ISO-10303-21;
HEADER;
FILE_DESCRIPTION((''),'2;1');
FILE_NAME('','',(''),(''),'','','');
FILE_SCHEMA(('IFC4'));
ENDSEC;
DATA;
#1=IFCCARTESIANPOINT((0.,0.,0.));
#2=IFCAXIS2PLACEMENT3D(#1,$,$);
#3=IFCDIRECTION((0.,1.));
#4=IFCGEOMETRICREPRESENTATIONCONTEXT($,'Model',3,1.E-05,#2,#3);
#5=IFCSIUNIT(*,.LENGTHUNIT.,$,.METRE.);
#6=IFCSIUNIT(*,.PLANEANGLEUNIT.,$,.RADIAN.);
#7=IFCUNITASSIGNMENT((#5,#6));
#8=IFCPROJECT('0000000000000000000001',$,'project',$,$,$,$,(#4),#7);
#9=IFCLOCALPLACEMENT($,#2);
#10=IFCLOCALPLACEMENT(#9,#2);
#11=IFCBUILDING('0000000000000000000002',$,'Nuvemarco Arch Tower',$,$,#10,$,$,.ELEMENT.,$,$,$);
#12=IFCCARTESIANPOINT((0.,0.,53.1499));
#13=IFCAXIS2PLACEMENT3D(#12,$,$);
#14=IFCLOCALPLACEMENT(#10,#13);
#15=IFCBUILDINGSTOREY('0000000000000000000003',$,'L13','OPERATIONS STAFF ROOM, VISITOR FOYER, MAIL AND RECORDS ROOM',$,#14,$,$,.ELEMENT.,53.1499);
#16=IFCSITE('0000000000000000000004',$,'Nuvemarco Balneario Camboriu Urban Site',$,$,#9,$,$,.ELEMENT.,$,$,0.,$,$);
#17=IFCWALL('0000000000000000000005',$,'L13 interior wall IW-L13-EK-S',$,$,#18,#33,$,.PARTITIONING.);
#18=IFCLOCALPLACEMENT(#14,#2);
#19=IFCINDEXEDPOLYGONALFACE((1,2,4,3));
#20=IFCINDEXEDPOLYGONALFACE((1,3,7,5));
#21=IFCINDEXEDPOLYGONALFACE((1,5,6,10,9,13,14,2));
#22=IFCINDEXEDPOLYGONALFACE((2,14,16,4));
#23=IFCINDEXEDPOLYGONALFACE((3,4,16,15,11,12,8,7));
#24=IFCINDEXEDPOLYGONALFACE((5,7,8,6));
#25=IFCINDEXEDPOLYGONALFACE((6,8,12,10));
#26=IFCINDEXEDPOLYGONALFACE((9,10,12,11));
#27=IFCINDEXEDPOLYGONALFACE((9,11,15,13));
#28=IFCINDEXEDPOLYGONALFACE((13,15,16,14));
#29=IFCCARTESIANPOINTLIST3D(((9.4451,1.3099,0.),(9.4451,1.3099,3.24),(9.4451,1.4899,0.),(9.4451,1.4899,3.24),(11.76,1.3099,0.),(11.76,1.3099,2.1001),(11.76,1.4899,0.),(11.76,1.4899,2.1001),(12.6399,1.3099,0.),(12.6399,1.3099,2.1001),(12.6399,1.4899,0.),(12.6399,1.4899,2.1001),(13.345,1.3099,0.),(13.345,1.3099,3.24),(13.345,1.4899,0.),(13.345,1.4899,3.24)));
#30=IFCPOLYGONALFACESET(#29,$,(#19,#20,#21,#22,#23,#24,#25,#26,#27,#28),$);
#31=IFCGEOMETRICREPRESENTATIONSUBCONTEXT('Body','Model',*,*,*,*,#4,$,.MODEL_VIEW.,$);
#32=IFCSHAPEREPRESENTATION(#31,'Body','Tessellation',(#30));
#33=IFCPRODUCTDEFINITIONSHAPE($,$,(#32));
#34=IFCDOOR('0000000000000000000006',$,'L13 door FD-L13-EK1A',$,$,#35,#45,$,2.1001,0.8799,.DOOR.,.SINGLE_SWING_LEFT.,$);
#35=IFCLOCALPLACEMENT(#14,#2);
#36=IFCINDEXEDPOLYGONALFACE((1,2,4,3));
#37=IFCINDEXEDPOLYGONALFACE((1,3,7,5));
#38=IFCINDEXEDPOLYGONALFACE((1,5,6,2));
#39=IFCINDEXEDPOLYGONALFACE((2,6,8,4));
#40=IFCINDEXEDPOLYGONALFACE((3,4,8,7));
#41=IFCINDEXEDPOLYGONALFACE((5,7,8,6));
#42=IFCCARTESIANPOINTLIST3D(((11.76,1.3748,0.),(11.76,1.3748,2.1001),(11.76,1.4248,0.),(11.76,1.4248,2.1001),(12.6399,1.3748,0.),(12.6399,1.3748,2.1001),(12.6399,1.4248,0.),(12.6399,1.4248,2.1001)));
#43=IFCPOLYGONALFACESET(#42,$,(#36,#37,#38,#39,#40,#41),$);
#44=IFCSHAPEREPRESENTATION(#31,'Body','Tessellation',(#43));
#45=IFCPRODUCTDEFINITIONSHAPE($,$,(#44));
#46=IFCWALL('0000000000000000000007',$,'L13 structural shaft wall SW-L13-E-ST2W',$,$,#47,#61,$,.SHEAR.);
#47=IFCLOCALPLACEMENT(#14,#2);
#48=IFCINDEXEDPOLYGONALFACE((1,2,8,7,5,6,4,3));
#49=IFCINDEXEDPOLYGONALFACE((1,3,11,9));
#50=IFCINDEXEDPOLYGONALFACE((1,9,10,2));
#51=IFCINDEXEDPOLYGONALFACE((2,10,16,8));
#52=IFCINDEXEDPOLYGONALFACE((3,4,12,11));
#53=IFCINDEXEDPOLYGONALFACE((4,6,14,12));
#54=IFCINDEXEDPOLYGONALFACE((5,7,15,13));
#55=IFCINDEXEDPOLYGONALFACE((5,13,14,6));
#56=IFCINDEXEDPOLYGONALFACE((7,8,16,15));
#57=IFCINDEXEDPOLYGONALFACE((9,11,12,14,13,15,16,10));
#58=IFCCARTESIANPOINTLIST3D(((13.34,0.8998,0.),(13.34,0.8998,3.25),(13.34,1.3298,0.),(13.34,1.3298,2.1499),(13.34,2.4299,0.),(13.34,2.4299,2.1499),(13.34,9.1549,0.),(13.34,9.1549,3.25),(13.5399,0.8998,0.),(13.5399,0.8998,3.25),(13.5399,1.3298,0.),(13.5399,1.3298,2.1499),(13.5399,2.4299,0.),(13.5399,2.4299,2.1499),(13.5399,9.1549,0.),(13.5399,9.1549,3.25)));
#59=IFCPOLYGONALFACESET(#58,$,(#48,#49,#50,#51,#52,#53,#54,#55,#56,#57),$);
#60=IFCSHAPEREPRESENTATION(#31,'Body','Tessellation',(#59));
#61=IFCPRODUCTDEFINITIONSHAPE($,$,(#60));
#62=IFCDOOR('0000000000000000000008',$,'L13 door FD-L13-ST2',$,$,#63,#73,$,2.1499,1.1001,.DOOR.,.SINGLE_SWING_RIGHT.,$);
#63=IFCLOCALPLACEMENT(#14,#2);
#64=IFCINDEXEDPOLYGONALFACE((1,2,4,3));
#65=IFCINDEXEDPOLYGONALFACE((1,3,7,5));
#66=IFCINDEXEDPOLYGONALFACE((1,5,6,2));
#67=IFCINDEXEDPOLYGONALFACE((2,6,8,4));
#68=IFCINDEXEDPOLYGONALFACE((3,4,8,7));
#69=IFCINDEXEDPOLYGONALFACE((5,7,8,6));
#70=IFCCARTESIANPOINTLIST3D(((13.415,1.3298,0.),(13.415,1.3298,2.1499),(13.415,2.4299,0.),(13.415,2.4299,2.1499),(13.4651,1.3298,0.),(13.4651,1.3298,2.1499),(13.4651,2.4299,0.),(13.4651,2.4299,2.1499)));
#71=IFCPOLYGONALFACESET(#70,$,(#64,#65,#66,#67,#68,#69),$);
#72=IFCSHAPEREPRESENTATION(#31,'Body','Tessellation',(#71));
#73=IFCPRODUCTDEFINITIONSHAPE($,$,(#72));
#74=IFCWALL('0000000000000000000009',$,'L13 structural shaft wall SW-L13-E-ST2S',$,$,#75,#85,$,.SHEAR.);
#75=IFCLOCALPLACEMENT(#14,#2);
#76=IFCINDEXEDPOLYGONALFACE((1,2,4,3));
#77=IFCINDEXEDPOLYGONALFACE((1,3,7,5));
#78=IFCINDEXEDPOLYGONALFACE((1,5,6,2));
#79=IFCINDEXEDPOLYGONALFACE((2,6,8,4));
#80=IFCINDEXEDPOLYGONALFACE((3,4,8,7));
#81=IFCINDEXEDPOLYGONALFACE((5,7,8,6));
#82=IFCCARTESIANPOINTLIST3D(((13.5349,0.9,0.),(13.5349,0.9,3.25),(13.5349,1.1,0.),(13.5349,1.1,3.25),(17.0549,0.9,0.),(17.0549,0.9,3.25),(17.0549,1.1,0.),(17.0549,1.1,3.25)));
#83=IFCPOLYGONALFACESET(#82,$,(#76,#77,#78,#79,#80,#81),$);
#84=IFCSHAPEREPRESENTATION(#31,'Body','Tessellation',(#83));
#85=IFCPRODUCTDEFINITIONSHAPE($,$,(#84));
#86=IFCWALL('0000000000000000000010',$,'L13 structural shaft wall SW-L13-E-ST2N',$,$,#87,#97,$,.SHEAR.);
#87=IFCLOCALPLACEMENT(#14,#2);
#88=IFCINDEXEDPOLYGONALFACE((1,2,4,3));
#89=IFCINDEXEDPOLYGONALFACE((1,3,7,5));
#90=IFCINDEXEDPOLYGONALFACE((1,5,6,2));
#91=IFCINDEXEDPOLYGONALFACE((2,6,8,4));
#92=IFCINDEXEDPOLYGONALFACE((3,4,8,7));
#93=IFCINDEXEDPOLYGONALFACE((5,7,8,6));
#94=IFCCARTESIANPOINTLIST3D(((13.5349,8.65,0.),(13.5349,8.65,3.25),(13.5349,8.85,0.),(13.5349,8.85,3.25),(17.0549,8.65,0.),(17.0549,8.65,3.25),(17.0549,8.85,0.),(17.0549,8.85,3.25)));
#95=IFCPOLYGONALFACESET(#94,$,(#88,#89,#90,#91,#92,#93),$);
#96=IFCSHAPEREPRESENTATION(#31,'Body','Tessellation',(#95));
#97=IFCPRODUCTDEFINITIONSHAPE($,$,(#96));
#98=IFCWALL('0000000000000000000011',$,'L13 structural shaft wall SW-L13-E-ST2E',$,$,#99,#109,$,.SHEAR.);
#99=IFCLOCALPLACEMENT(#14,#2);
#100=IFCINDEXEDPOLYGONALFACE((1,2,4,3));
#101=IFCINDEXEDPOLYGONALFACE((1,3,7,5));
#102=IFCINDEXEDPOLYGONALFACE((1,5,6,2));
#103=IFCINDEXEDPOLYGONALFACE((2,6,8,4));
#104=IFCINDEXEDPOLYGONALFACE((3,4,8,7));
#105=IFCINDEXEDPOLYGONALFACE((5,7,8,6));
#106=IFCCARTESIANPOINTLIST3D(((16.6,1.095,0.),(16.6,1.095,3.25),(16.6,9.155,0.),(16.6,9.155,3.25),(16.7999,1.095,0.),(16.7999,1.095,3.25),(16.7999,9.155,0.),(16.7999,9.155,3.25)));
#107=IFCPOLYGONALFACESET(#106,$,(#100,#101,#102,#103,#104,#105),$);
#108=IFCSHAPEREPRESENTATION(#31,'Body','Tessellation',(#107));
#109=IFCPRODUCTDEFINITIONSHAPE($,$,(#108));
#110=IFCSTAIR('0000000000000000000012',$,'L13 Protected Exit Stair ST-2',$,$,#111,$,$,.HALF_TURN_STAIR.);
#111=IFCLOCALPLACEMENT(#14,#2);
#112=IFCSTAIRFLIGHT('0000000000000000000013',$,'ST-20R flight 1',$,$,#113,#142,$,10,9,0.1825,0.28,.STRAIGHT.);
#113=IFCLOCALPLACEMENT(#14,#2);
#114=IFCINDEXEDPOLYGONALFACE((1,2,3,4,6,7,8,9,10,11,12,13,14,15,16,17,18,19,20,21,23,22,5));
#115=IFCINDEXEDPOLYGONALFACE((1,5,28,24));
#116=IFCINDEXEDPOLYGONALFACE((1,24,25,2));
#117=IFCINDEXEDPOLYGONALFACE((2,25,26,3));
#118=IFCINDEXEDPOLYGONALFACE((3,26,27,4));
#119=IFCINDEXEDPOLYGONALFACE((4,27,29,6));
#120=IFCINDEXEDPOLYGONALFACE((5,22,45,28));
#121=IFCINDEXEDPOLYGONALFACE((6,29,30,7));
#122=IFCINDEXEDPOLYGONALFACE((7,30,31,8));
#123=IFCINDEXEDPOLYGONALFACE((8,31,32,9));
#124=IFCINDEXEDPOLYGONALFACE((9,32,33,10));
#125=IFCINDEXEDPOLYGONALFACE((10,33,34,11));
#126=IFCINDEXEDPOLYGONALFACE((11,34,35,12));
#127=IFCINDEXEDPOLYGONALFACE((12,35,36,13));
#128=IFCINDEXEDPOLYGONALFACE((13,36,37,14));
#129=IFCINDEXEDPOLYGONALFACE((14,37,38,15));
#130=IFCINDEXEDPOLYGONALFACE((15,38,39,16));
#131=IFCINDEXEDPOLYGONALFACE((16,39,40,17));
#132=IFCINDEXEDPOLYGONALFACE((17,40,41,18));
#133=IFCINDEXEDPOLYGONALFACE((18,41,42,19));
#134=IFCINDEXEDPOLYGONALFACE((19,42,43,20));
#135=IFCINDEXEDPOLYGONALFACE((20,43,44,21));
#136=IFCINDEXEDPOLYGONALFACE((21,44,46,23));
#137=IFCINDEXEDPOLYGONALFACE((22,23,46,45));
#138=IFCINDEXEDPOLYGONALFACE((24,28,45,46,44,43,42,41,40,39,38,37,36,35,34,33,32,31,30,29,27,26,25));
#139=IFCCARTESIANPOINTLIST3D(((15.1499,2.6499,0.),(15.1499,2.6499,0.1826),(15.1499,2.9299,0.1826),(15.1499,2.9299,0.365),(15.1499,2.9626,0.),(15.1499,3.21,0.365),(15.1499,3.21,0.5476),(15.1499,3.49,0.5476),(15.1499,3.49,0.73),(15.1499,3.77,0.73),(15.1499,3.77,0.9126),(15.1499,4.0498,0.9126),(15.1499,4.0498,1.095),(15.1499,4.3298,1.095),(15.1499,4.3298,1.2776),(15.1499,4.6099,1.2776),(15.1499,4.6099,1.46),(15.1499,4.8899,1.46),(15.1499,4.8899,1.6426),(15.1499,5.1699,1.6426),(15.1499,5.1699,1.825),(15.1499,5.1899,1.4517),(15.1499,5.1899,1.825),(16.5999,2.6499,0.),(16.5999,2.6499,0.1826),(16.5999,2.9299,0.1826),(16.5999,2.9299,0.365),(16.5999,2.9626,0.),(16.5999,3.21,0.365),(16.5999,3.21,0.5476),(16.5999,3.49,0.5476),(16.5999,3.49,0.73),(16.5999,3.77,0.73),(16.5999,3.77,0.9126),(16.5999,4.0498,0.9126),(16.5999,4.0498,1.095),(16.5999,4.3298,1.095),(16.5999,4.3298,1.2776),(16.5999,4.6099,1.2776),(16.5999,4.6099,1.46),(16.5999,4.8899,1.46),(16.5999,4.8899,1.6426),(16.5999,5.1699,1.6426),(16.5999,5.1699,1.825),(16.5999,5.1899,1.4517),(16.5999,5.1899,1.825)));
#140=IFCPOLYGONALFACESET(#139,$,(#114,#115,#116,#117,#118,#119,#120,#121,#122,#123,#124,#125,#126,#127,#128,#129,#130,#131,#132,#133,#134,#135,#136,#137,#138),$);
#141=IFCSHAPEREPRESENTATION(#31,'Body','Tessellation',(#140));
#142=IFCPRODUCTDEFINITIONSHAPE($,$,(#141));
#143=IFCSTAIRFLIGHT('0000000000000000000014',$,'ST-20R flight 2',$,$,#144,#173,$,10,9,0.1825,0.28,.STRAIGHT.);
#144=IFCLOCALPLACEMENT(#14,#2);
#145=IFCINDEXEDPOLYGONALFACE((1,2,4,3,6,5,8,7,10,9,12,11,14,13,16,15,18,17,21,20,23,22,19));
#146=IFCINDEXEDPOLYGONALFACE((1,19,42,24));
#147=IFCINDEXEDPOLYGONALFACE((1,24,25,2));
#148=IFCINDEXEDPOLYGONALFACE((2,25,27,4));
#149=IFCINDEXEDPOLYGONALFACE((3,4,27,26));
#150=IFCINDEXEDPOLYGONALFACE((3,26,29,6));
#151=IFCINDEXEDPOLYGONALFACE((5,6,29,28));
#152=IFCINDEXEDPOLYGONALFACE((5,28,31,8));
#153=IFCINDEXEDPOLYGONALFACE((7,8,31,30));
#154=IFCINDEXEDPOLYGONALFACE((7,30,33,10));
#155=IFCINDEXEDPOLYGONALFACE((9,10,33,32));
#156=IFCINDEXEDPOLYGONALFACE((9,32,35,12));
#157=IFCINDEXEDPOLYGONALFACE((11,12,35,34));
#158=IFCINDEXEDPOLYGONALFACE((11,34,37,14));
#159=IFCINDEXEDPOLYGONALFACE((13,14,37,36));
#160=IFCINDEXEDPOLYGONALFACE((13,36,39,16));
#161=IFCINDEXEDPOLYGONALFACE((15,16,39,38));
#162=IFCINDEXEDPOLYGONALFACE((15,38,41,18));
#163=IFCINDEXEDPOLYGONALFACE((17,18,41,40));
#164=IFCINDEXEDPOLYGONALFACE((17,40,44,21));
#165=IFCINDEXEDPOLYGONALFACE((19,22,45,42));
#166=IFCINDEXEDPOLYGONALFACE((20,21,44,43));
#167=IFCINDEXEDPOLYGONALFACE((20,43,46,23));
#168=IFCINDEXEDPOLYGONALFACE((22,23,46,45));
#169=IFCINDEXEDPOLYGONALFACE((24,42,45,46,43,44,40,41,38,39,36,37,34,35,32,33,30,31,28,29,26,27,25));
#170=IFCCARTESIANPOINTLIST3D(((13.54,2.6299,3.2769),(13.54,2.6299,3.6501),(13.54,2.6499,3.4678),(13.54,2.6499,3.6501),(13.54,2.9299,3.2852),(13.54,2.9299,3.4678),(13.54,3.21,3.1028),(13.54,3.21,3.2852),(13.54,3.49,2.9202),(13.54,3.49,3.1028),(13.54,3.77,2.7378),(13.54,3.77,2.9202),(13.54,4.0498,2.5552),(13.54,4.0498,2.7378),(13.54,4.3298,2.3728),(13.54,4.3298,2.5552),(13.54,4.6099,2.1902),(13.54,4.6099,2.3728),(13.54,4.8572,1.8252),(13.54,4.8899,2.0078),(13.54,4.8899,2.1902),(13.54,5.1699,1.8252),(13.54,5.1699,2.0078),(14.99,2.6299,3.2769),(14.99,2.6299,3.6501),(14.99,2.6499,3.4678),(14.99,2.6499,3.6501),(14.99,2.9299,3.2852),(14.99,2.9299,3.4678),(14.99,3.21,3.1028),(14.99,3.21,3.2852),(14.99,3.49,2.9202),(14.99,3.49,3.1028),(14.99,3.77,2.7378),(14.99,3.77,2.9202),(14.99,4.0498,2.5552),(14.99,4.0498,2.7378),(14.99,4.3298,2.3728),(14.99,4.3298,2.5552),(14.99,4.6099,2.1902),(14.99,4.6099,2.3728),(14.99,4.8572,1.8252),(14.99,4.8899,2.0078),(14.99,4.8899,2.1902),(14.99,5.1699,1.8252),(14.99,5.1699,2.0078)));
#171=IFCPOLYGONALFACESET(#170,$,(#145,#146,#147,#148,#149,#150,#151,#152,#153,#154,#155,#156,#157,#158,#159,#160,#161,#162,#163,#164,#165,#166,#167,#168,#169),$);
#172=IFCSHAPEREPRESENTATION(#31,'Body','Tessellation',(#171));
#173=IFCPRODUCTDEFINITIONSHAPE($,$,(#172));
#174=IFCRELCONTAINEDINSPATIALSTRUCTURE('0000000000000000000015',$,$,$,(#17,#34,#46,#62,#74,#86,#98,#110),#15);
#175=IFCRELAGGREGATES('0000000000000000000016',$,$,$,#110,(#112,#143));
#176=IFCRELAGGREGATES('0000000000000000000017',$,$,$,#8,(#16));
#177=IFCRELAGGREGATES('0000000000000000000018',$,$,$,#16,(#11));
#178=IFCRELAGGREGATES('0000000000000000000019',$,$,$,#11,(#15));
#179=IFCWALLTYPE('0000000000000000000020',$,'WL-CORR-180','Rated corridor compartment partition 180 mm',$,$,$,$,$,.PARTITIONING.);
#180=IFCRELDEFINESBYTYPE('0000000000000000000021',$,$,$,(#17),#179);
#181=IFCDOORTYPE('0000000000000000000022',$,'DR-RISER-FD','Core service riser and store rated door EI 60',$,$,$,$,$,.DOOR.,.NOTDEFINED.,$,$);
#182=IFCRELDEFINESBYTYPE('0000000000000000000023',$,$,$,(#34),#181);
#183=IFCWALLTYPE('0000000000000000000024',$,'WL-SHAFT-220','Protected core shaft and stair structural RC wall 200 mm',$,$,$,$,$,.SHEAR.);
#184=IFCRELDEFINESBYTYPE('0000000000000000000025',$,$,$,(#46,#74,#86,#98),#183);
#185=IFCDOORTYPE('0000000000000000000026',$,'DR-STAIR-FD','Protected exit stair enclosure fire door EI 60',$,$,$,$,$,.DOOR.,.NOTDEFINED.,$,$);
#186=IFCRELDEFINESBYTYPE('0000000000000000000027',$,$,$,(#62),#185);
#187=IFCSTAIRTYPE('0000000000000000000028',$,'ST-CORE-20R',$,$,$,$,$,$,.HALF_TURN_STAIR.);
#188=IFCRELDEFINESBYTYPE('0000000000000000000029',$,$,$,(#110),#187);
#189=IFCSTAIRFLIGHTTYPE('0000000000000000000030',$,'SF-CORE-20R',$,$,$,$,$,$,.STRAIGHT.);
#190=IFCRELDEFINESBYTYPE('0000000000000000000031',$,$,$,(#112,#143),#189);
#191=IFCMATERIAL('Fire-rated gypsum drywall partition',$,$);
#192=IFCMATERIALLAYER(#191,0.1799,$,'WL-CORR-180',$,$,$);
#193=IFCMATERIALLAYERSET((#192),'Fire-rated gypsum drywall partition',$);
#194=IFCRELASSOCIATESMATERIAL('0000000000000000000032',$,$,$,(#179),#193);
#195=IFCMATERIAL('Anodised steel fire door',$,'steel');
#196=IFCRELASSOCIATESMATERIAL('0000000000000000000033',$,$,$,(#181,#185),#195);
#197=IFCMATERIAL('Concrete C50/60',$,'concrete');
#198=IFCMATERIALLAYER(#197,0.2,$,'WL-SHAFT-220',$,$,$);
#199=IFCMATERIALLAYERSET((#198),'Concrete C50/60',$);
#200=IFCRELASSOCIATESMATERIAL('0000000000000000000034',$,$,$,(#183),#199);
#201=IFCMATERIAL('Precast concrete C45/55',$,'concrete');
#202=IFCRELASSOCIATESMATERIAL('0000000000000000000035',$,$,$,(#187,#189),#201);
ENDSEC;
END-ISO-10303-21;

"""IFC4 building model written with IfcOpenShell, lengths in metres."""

from ifc_helpers import new_model, si_unit, direction, frame, frame_2d, origin, place, context, subcontext, project, spatial, polyline, rectangle, outline, extrude, source, transform, mapped, material, layer, layer_set, type_object, type_shapes, element, fill, aggregate, save


model = new_model("IFC4")

# Units and contexts
model_context = context("Model", 3, precision=1e-05, world=origin(), true_north=direction((0.0, 1.0)))
body_context = subcontext(model_context, "Body", "Model", "MODEL_VIEW")
ifc_project = project(units=[si_unit("LENGTHUNIT", "METRE"), si_unit("PLANEANGLEUNIT", "RADIAN")], contexts=[model_context])

# Site, building, storey
site_placement = place(None, origin())
site = spatial("IfcSite", under=ifc_project, at=site_placement, Name="Nuvemarco Balneario Camboriu Urban Site", CompositionType="ELEMENT", RefElevation=0.0)
building_placement = place(site_placement, origin())
building = spatial("IfcBuilding", under=site, at=building_placement, Name="Nuvemarco Arch Tower", CompositionType="ELEMENT")
storey_placement = place(building_placement, frame((0.0, 0.0, 53.1499)))
storey = spatial("IfcBuildingStorey", under=building, at=storey_placement, Name="L13", Description="OPERATIONS STAFF ROOM, VISITOR FOYER, MAIL AND RECORDS ROOM", CompositionType="ELEMENT", Elevation=53.1499)

# Shared definitions
ifc_material_1 = material(Name="Precast concrete C45/55", Category="concrete")

# Walls, openings, doors
ifc_material_2 = material(Name="Fire-rated gypsum drywall partition")
ifc_layer_1 = layer(ifc_material_2, 0.1799, Name="WL-CORR-180")
ifc_layer_set_1 = layer_set([ifc_layer_1], Name="Fire-rated gypsum drywall partition")
wall_type_1 = type_object("IfcWallType", Name="WL-CORR-180", Description="Rated corridor compartment partition 180 mm", PredefinedType="PARTITIONING", material=ifc_layer_set_1)
wall_1_placement = place(storey_placement, frame((9.4451, 1.3999, 0.0), z_axis=(0.0, 0.0, 1.0), x_axis=(1.0, 0.0, 0.0)))
wall_1 = element("IfcWall", 1, at=wall_1_placement, inside=storey, type_object=wall_type_1, Name="L13 interior wall IW-L13-EK-S", PredefinedType="PARTITIONING", context=body_context, shape_type="SweptSolid", body=[
    extrude(rectangle(XDim=3.8999, YDim=0.1799, at=frame_2d((1.95, 0.0))), origin(), (0.0, 0.0, 1.0), 3.24),
])
opening_1_placement = place(wall_1_placement, frame((2.3149, 0.0, 0.0)))
opening_1 = element("IfcOpeningElement", 2, at=opening_1_placement, cuts=wall_1, PredefinedType="OPENING", context=body_context, shape_type="SweptSolid", body=[
    extrude(rectangle(XDim=0.8799, YDim=2.1001, at=frame_2d((0.4399, 1.05))), frame((0.0, 0.0999, 0.0), z_axis=(0.0, -1.0, 0.0), x_axis=(1.0, 0.0, 0.0)), (0.0, 0.0, 1.0), 0.2),
])
ifc_material_3 = material(Name="Anodised steel fire door", Category="steel")
door_type_1 = type_object("IfcDoorType", Name="DR-RISER-FD", Description="Core service riser and store rated door EI 60", OperationType="NOTDEFINED", PredefinedType="DOOR", material=ifc_material_3)
shared_shape_1 = source(origin(), body_context, "Body", "SweptSolid", [
    extrude(rectangle(XDim=0.8799, YDim=2.1001, at=frame_2d((0.4399, 1.05))), frame((0.0, 0.0249, 0.0), z_axis=(0.0, -1.0, 0.0), x_axis=(1.0, 0.0, 0.0)), (0.0, 0.0, 1.0), 0.05),
])
type_shapes(door_type_1, [shared_shape_1])
door_1_placement = place(opening_1_placement, origin())
door_1 = element("IfcDoor", 3, at=door_1_placement, inside=storey, type_object=door_type_1, Name="L13 door FD-L13-EK1A", OperationType="SINGLE_SWING_LEFT", OverallHeight=2.1001, OverallWidth=0.8799, PredefinedType="DOOR", context=body_context, shape_type="MappedRepresentation", body=[
    mapped(shared_shape_1, transform((0.0, 0.0, 0.0), scale=1.0)),
])
fill(opening_1, door_1)
ifc_material_4 = material(Name="Concrete C50/60", Category="concrete")
ifc_layer_2 = layer(ifc_material_4, 0.2, Name="WL-SHAFT-220")
ifc_layer_set_2 = layer_set([ifc_layer_2], Name="Concrete C50/60")
wall_type_2 = type_object("IfcWallType", Name="WL-SHAFT-220", Description="Protected core shaft and stair structural RC wall 200 mm", PredefinedType="SHEAR", material=ifc_layer_set_2)
wall_2_placement = place(storey_placement, frame((13.4399, 0.8999, 0.0), z_axis=(0.0, 0.0, 1.0), x_axis=(0.0, 1.0, 0.0)))
wall_2 = element("IfcWall", 4, at=wall_2_placement, inside=storey, type_object=wall_type_2, Name="L13 structural shaft wall SW-L13-E-ST2W", PredefinedType="SHEAR", context=body_context, shape_type="SweptSolid", body=[
    extrude(rectangle(XDim=8.2551, YDim=0.2, at=frame_2d((4.1274, 0.0))), origin(), (0.0, 0.0, 1.0), 3.25),
])
opening_2_placement = place(wall_2_placement, frame((0.4299, 0.0, 0.0)))
opening_2 = element("IfcOpeningElement", 5, at=opening_2_placement, cuts=wall_2, PredefinedType="OPENING", context=body_context, shape_type="SweptSolid", body=[
    extrude(rectangle(XDim=1.1001, YDim=2.1499, at=frame_2d((0.55, 1.075))), frame((0.0, 0.1099, 0.0), z_axis=(0.0, -1.0, 0.0), x_axis=(1.0, 0.0, 0.0)), (0.0, 0.0, 1.0), 0.22),
])
door_type_2 = type_object("IfcDoorType", Name="DR-STAIR-FD", Description="Protected exit stair enclosure fire door EI 60", OperationType="NOTDEFINED", PredefinedType="DOOR", material=ifc_material_3)
shared_shape_2 = source(origin(), body_context, "Body", "SweptSolid", [
    extrude(rectangle(XDim=1.1001, YDim=2.1499, at=frame_2d((0.55, 1.075))), frame((0.0, 0.0249, 0.0), z_axis=(0.0, -1.0, 0.0), x_axis=(1.0, 0.0, 0.0)), (0.0, 0.0, 1.0), 0.05),
])
type_shapes(door_type_2, [shared_shape_2])
door_2_placement = place(opening_2_placement, origin())
door_2 = element("IfcDoor", 6, at=door_2_placement, inside=storey, type_object=door_type_2, Name="L13 door FD-L13-ST2", OperationType="SINGLE_SWING_RIGHT", OverallHeight=2.1499, OverallWidth=1.1001, PredefinedType="DOOR", context=body_context, shape_type="MappedRepresentation", body=[
    mapped(shared_shape_2, transform((0.0, 0.0, 0.0), scale=1.0)),
])
fill(opening_2, door_2)

# Walls
for number, where, z_axis, x_axis, name in (
    (7, (13.5349, 1.0, 0.0), (0.0, 0.0, 1.0), (1.0, 0.0, 0.0), "L13 structural shaft wall SW-L13-E-ST2S"),
    (8, (13.5349, 8.75, 0.0), (0.0, 0.0, 1.0), (1.0, 0.0, 0.0), "L13 structural shaft wall SW-L13-E-ST2N"),
):
    element("IfcWall", number, at=place(storey_placement, frame(where, z_axis=z_axis, x_axis=x_axis)), inside=storey, type_object=wall_type_2, Name=name, PredefinedType="SHEAR", context=body_context, shape_type="SweptSolid", body=[
        extrude(rectangle(XDim=3.52, YDim=0.2, at=frame_2d((1.76, 0.0))), origin(), (0.0, 0.0, 1.0), 3.25),
    ])
wall_3_placement = place(storey_placement, frame((16.7, 1.095, 0.0), z_axis=(0.0, 0.0, 1.0), x_axis=(0.0, 1.0, 0.0)))
element("IfcWall", 9, at=wall_3_placement, inside=storey, type_object=wall_type_2, Name="L13 structural shaft wall SW-L13-E-ST2E", PredefinedType="SHEAR", context=body_context, shape_type="SweptSolid", body=[
    extrude(rectangle(XDim=8.0601, YDim=0.2, at=frame_2d((4.03, 0.0))), origin(), (0.0, 0.0, 1.0), 3.25),
])

# Stair, stair flights
stair_type = type_object("IfcStairType", Name="ST-CORE-20R", PredefinedType="HALF_TURN_STAIR", material=ifc_material_1)
stair_placement = place(storey_placement, origin())
stair = element("IfcStair", 10, at=stair_placement, inside=storey, type_object=stair_type, Name="L13 Protected Exit Stair ST-2", PredefinedType="HALF_TURN_STAIR")
stair_flight_type = type_object("IfcStairFlightType", Name="SF-CORE-20R", PredefinedType="STRAIGHT", material=ifc_material_1)
stair_flight_1_placement = place(storey_placement, frame((15.875, 2.6499, 0.0), z_axis=(0.0, 0.0, 1.0), x_axis=(0.0, 1.0, 0.0)))
stair_flight_1 = element("IfcStairFlight", 11, at=stair_flight_1_placement, type_object=stair_flight_type, Name="ST-20R flight 1", NumberOfRisers=10, NumberOfTreads=9, PredefinedType="STRAIGHT", RiserHeight=0.1825, TreadLength=0.28, context=body_context, shape_type="SweptSolid", body=[
    extrude(outline(polyline([(0.0, 0.0), (0.0, 0.1826), (0.28, 0.1826), (0.28, 0.365), (0.5601, 0.365), (0.5601, 0.5476), (0.8401, 0.5476), (0.8401, 0.73), (1.1201, 0.73), (1.1201, 0.9126), (1.3999, 0.9126), (1.3999, 1.095), (1.6799, 1.095), (1.6799, 1.2776), (1.96, 1.2776), (1.96, 1.46), (2.24, 1.46), (2.24, 1.6426), (2.52, 1.6426), (2.52, 1.825), (2.54, 1.825), (2.54, 1.4517), (0.3127, 0.0), (0.0, 0.0)])), frame((0.0, 0.7251, 0.0), z_axis=(0.0, -1.0, 0.0), x_axis=(1.0, 0.0, 0.0)), (0.0, 0.0, 1.0), 1.45),
])
stair_flight_2_placement = place(storey_placement, frame((14.2649, 5.1699, 1.8252), z_axis=(0.0, 0.0, 1.0), x_axis=(0.0, -1.0, 0.0)))
stair_flight_2 = element("IfcStairFlight", 12, at=stair_flight_2_placement, type_object=stair_flight_type, Name="ST-20R flight 2", NumberOfRisers=10, NumberOfTreads=9, PredefinedType="STRAIGHT", RiserHeight=0.1825, TreadLength=0.28, context=body_context, shape_type="SweptSolid", body=[
    extrude(outline(polyline([(0.0, 0.0), (0.0, 0.1826), (0.28, 0.1826), (0.28, 0.365), (0.5601, 0.365), (0.5601, 0.5476), (0.8401, 0.5476), (0.8401, 0.73), (1.1201, 0.73), (1.1201, 0.9126), (1.3999, 0.9126), (1.3999, 1.095), (1.6799, 1.095), (1.6799, 1.2776), (1.96, 1.2776), (1.96, 1.46), (2.24, 1.46), (2.24, 1.6426), (2.52, 1.6426), (2.52, 1.825), (2.54, 1.825), (2.54, 1.4517), (0.3127, 0.0), (0.0, 0.0)])), frame((0.0, 0.7251, 0.0), z_axis=(0.0, -1.0, 0.0), x_axis=(1.0, 0.0, 0.0)), (0.0, 0.0, 1.0), 1.45),
])
aggregate(stair, [stair_flight_1, stair_flight_2])

save(model, "model.ifc")
